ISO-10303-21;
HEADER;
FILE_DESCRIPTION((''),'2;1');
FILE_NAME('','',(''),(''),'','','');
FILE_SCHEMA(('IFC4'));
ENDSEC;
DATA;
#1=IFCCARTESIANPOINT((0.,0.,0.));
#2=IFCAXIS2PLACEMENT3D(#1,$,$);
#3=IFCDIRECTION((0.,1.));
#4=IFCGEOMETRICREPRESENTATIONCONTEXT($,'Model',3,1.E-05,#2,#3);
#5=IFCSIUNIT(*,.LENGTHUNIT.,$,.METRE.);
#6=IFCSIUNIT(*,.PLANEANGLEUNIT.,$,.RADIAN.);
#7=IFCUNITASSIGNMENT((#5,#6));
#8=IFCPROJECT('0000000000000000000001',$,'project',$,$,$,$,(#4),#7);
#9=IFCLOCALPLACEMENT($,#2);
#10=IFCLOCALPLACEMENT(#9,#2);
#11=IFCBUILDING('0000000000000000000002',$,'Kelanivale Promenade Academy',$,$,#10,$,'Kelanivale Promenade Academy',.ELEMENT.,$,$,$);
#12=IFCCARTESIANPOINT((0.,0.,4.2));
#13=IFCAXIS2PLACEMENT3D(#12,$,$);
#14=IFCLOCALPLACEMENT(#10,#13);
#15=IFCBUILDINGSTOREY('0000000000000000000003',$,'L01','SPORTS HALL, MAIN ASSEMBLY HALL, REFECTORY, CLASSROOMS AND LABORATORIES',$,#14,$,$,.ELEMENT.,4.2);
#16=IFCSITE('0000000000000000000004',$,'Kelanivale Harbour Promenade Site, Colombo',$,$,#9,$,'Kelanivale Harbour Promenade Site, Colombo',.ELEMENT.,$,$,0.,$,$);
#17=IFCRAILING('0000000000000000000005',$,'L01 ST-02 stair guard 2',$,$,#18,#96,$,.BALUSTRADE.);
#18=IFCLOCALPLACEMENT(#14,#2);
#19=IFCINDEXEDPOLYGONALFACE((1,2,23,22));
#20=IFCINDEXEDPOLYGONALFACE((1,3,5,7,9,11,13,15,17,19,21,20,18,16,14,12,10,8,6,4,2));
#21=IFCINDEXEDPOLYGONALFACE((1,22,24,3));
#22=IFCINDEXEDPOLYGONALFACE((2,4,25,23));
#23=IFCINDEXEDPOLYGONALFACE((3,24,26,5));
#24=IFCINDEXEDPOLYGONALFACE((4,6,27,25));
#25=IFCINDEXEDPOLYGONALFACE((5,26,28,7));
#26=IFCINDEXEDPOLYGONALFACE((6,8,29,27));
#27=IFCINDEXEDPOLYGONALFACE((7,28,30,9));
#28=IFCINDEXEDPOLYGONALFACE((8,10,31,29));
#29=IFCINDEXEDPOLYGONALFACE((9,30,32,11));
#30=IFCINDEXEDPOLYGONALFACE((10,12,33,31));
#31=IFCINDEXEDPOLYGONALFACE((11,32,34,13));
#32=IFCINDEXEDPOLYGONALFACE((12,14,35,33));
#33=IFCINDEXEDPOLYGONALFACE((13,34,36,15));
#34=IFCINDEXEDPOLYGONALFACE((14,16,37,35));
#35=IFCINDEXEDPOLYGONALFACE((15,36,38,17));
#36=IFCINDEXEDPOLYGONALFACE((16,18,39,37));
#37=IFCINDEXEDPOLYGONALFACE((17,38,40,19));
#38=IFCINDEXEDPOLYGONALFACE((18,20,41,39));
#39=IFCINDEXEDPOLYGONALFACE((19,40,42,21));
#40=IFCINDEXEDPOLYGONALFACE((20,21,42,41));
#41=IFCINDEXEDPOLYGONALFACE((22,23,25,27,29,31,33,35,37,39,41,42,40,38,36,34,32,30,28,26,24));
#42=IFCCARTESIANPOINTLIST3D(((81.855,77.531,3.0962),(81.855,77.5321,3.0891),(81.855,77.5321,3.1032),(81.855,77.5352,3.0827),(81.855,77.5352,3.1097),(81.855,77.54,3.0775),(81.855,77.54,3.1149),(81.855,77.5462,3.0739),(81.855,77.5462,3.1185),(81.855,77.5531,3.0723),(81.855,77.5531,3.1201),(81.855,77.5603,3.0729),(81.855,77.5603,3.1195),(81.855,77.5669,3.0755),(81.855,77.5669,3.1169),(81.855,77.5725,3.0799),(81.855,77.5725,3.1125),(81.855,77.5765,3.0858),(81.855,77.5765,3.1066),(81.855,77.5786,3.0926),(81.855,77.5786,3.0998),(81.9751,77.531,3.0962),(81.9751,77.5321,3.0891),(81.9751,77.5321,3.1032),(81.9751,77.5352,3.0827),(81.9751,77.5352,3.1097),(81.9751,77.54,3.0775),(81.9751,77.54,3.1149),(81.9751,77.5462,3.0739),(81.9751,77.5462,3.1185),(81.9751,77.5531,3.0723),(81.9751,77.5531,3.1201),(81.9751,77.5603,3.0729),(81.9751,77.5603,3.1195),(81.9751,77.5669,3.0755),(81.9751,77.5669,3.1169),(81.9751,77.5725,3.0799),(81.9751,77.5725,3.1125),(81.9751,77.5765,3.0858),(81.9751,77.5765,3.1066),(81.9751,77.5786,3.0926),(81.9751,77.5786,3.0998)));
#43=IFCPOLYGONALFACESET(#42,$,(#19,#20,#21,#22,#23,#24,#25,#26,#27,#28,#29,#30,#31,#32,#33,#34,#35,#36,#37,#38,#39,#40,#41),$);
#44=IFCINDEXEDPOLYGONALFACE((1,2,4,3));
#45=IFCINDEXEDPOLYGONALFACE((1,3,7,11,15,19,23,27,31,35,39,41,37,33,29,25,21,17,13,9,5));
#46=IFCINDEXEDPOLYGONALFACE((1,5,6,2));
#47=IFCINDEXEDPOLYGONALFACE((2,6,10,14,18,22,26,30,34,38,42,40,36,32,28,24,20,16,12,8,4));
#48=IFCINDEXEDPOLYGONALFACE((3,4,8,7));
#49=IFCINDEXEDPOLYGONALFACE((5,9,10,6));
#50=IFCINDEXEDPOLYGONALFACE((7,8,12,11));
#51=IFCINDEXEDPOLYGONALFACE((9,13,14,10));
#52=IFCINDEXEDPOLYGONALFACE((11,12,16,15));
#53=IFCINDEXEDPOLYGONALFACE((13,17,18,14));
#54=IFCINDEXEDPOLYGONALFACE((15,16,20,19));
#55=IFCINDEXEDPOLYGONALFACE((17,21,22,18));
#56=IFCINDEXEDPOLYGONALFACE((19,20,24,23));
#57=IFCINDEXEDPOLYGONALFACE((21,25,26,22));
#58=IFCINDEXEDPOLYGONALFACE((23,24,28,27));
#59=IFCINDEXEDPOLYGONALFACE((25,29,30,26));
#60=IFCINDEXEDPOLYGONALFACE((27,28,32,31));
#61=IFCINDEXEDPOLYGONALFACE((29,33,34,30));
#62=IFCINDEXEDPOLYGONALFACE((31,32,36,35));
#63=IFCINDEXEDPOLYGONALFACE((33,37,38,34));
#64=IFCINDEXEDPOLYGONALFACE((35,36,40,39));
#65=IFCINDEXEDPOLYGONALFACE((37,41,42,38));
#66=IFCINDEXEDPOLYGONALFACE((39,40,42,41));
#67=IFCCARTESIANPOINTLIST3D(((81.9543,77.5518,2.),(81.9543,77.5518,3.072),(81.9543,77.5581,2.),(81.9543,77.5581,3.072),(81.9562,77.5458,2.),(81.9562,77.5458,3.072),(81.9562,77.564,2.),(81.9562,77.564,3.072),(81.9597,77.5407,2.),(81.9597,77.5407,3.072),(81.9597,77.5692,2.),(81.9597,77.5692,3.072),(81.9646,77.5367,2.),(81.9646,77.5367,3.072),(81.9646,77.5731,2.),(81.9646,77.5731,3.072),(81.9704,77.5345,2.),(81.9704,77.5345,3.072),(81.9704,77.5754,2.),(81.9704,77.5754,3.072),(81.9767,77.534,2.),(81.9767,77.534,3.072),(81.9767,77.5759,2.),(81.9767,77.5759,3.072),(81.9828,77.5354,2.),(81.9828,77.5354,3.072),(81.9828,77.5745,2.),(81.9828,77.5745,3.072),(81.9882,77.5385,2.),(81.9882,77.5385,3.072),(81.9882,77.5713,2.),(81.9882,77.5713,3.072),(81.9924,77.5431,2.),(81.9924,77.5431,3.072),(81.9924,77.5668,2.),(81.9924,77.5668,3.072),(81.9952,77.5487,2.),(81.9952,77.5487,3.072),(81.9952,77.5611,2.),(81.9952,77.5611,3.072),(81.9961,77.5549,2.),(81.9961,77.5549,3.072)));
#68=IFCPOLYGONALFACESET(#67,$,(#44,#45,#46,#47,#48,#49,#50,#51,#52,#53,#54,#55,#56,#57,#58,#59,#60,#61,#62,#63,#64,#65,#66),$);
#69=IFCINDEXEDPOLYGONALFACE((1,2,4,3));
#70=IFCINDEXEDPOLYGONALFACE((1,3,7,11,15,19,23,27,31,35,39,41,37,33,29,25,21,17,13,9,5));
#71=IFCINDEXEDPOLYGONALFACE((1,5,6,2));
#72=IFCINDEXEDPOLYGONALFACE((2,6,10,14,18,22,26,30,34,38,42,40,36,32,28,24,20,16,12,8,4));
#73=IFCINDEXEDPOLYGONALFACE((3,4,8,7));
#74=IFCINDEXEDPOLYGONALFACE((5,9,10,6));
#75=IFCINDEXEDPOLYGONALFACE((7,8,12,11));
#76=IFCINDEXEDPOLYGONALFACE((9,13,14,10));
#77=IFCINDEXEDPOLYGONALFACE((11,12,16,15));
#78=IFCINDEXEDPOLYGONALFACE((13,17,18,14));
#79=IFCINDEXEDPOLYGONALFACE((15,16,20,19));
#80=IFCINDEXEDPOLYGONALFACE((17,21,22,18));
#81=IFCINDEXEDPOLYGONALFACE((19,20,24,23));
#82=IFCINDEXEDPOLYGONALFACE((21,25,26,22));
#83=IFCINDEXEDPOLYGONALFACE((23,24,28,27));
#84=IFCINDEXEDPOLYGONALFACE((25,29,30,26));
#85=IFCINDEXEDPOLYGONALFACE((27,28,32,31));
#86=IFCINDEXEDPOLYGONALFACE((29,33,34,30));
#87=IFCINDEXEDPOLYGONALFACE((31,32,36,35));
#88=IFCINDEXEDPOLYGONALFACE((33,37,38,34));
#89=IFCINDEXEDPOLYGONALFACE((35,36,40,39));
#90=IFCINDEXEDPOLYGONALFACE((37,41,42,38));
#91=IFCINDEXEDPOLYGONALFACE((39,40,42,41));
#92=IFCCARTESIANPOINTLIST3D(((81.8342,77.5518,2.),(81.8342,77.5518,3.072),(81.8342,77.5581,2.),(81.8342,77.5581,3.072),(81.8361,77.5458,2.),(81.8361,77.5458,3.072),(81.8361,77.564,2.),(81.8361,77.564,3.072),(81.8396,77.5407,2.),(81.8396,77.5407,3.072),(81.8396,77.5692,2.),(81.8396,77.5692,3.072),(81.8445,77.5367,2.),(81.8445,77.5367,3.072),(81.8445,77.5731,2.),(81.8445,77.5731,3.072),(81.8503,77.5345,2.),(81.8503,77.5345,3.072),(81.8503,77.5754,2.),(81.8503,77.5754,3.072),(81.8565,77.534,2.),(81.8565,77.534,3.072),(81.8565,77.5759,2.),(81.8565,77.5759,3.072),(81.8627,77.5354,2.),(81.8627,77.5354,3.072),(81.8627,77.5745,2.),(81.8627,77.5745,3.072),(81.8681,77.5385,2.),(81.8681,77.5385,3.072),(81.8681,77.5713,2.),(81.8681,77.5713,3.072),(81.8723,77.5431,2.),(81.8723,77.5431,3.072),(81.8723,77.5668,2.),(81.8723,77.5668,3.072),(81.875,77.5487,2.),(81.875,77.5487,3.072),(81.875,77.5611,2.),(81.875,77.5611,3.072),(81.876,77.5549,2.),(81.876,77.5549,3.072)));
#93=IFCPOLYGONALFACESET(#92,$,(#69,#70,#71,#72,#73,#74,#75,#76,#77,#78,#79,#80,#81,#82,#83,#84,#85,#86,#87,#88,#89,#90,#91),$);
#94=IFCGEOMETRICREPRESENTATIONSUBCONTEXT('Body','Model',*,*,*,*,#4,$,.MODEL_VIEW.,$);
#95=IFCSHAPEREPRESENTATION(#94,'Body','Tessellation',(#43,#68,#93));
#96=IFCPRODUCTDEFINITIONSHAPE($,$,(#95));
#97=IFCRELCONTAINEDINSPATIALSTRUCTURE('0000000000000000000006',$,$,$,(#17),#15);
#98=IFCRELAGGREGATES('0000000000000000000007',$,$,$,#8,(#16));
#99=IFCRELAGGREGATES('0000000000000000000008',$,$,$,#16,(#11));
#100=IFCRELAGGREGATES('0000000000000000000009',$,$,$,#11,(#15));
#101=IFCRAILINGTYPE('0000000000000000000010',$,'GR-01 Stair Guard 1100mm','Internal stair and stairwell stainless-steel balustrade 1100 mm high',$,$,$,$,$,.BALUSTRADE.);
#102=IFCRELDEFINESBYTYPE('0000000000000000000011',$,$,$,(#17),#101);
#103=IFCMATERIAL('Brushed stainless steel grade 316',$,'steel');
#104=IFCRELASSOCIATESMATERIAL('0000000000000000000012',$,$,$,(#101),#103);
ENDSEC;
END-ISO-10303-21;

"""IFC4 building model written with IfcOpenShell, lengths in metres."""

from ifc_helpers import new_model, si_unit, direction, frame, origin, origin_2d, place, context, subcontext, project, spatial, circle, extrude, material, type_object, element, save


model = new_model("IFC4")

# Units and contexts
model_context = context("Model", 3, precision=1e-05, world=origin(), true_north=direction((0.0, 1.0)))
body_context = subcontext(model_context, "Body", "Model", "MODEL_VIEW")
ifc_project = project(units=[si_unit("LENGTHUNIT", "METRE"), si_unit("PLANEANGLEUNIT", "RADIAN")], contexts=[model_context])

# Site, building, storey
site_placement = place(None, origin())
site = spatial("IfcSite", under=ifc_project, at=site_placement, Name="Kelanivale Harbour Promenade Site, Colombo", LongName="Kelanivale Harbour Promenade Site, Colombo", CompositionType="ELEMENT", RefElevation=0.0)
building_placement = place(site_placement, origin())
building = spatial("IfcBuilding", under=site, at=building_placement, Name="Kelanivale Promenade Academy", LongName="Kelanivale Promenade Academy", CompositionType="ELEMENT")
storey_placement = place(building_placement, frame((0.0, 0.0, 4.2)))
storey = spatial("IfcBuildingStorey", under=building, at=storey_placement, Name="L01", Description="SPORTS HALL, MAIN ASSEMBLY HALL, REFECTORY, CLASSROOMS AND LABORATORIES", CompositionType="ELEMENT", Elevation=4.2)

# Railing
ifc_material_1 = material(Name="Brushed stainless steel grade 316", Category="steel")
railing_type_1 = type_object("IfcRailingType", Name="GR-01 Stair Guard 1100mm", Description="Internal stair and stairwell stainless-steel balustrade 1100 mm high", PredefinedType="BALUSTRADE", material=ifc_material_1)
railing_1_placement = place(storey_placement, frame((81.9751, 77.5549, 2.0)))
element("IfcRailing", 1, at=railing_1_placement, inside=storey, type_object=railing_type_1, Name="L01 ST-02 stair guard 2", PredefinedType="BALUSTRADE", context=body_context, shape_type="SweptSolid", body=[
    extrude(circle(Radius=0.0239, at=origin_2d()), frame((0.0, 0.0, 1.0962), z_axis=(-1.0, 0.0, 0.0), x_axis=(0.0, -1.0, 0.0)), (0.0, 0.0, 1.0), 0.1201),
    extrude(circle(Radius=0.021, at=origin_2d()), origin(), (0.0, 0.0, 1.0), 1.072),
    extrude(circle(Radius=0.021, at=origin_2d()), frame((-0.1201, 0.0, 0.0)), (0.0, 0.0, 1.0), 1.072),
])

save(model, "model.ifc")
